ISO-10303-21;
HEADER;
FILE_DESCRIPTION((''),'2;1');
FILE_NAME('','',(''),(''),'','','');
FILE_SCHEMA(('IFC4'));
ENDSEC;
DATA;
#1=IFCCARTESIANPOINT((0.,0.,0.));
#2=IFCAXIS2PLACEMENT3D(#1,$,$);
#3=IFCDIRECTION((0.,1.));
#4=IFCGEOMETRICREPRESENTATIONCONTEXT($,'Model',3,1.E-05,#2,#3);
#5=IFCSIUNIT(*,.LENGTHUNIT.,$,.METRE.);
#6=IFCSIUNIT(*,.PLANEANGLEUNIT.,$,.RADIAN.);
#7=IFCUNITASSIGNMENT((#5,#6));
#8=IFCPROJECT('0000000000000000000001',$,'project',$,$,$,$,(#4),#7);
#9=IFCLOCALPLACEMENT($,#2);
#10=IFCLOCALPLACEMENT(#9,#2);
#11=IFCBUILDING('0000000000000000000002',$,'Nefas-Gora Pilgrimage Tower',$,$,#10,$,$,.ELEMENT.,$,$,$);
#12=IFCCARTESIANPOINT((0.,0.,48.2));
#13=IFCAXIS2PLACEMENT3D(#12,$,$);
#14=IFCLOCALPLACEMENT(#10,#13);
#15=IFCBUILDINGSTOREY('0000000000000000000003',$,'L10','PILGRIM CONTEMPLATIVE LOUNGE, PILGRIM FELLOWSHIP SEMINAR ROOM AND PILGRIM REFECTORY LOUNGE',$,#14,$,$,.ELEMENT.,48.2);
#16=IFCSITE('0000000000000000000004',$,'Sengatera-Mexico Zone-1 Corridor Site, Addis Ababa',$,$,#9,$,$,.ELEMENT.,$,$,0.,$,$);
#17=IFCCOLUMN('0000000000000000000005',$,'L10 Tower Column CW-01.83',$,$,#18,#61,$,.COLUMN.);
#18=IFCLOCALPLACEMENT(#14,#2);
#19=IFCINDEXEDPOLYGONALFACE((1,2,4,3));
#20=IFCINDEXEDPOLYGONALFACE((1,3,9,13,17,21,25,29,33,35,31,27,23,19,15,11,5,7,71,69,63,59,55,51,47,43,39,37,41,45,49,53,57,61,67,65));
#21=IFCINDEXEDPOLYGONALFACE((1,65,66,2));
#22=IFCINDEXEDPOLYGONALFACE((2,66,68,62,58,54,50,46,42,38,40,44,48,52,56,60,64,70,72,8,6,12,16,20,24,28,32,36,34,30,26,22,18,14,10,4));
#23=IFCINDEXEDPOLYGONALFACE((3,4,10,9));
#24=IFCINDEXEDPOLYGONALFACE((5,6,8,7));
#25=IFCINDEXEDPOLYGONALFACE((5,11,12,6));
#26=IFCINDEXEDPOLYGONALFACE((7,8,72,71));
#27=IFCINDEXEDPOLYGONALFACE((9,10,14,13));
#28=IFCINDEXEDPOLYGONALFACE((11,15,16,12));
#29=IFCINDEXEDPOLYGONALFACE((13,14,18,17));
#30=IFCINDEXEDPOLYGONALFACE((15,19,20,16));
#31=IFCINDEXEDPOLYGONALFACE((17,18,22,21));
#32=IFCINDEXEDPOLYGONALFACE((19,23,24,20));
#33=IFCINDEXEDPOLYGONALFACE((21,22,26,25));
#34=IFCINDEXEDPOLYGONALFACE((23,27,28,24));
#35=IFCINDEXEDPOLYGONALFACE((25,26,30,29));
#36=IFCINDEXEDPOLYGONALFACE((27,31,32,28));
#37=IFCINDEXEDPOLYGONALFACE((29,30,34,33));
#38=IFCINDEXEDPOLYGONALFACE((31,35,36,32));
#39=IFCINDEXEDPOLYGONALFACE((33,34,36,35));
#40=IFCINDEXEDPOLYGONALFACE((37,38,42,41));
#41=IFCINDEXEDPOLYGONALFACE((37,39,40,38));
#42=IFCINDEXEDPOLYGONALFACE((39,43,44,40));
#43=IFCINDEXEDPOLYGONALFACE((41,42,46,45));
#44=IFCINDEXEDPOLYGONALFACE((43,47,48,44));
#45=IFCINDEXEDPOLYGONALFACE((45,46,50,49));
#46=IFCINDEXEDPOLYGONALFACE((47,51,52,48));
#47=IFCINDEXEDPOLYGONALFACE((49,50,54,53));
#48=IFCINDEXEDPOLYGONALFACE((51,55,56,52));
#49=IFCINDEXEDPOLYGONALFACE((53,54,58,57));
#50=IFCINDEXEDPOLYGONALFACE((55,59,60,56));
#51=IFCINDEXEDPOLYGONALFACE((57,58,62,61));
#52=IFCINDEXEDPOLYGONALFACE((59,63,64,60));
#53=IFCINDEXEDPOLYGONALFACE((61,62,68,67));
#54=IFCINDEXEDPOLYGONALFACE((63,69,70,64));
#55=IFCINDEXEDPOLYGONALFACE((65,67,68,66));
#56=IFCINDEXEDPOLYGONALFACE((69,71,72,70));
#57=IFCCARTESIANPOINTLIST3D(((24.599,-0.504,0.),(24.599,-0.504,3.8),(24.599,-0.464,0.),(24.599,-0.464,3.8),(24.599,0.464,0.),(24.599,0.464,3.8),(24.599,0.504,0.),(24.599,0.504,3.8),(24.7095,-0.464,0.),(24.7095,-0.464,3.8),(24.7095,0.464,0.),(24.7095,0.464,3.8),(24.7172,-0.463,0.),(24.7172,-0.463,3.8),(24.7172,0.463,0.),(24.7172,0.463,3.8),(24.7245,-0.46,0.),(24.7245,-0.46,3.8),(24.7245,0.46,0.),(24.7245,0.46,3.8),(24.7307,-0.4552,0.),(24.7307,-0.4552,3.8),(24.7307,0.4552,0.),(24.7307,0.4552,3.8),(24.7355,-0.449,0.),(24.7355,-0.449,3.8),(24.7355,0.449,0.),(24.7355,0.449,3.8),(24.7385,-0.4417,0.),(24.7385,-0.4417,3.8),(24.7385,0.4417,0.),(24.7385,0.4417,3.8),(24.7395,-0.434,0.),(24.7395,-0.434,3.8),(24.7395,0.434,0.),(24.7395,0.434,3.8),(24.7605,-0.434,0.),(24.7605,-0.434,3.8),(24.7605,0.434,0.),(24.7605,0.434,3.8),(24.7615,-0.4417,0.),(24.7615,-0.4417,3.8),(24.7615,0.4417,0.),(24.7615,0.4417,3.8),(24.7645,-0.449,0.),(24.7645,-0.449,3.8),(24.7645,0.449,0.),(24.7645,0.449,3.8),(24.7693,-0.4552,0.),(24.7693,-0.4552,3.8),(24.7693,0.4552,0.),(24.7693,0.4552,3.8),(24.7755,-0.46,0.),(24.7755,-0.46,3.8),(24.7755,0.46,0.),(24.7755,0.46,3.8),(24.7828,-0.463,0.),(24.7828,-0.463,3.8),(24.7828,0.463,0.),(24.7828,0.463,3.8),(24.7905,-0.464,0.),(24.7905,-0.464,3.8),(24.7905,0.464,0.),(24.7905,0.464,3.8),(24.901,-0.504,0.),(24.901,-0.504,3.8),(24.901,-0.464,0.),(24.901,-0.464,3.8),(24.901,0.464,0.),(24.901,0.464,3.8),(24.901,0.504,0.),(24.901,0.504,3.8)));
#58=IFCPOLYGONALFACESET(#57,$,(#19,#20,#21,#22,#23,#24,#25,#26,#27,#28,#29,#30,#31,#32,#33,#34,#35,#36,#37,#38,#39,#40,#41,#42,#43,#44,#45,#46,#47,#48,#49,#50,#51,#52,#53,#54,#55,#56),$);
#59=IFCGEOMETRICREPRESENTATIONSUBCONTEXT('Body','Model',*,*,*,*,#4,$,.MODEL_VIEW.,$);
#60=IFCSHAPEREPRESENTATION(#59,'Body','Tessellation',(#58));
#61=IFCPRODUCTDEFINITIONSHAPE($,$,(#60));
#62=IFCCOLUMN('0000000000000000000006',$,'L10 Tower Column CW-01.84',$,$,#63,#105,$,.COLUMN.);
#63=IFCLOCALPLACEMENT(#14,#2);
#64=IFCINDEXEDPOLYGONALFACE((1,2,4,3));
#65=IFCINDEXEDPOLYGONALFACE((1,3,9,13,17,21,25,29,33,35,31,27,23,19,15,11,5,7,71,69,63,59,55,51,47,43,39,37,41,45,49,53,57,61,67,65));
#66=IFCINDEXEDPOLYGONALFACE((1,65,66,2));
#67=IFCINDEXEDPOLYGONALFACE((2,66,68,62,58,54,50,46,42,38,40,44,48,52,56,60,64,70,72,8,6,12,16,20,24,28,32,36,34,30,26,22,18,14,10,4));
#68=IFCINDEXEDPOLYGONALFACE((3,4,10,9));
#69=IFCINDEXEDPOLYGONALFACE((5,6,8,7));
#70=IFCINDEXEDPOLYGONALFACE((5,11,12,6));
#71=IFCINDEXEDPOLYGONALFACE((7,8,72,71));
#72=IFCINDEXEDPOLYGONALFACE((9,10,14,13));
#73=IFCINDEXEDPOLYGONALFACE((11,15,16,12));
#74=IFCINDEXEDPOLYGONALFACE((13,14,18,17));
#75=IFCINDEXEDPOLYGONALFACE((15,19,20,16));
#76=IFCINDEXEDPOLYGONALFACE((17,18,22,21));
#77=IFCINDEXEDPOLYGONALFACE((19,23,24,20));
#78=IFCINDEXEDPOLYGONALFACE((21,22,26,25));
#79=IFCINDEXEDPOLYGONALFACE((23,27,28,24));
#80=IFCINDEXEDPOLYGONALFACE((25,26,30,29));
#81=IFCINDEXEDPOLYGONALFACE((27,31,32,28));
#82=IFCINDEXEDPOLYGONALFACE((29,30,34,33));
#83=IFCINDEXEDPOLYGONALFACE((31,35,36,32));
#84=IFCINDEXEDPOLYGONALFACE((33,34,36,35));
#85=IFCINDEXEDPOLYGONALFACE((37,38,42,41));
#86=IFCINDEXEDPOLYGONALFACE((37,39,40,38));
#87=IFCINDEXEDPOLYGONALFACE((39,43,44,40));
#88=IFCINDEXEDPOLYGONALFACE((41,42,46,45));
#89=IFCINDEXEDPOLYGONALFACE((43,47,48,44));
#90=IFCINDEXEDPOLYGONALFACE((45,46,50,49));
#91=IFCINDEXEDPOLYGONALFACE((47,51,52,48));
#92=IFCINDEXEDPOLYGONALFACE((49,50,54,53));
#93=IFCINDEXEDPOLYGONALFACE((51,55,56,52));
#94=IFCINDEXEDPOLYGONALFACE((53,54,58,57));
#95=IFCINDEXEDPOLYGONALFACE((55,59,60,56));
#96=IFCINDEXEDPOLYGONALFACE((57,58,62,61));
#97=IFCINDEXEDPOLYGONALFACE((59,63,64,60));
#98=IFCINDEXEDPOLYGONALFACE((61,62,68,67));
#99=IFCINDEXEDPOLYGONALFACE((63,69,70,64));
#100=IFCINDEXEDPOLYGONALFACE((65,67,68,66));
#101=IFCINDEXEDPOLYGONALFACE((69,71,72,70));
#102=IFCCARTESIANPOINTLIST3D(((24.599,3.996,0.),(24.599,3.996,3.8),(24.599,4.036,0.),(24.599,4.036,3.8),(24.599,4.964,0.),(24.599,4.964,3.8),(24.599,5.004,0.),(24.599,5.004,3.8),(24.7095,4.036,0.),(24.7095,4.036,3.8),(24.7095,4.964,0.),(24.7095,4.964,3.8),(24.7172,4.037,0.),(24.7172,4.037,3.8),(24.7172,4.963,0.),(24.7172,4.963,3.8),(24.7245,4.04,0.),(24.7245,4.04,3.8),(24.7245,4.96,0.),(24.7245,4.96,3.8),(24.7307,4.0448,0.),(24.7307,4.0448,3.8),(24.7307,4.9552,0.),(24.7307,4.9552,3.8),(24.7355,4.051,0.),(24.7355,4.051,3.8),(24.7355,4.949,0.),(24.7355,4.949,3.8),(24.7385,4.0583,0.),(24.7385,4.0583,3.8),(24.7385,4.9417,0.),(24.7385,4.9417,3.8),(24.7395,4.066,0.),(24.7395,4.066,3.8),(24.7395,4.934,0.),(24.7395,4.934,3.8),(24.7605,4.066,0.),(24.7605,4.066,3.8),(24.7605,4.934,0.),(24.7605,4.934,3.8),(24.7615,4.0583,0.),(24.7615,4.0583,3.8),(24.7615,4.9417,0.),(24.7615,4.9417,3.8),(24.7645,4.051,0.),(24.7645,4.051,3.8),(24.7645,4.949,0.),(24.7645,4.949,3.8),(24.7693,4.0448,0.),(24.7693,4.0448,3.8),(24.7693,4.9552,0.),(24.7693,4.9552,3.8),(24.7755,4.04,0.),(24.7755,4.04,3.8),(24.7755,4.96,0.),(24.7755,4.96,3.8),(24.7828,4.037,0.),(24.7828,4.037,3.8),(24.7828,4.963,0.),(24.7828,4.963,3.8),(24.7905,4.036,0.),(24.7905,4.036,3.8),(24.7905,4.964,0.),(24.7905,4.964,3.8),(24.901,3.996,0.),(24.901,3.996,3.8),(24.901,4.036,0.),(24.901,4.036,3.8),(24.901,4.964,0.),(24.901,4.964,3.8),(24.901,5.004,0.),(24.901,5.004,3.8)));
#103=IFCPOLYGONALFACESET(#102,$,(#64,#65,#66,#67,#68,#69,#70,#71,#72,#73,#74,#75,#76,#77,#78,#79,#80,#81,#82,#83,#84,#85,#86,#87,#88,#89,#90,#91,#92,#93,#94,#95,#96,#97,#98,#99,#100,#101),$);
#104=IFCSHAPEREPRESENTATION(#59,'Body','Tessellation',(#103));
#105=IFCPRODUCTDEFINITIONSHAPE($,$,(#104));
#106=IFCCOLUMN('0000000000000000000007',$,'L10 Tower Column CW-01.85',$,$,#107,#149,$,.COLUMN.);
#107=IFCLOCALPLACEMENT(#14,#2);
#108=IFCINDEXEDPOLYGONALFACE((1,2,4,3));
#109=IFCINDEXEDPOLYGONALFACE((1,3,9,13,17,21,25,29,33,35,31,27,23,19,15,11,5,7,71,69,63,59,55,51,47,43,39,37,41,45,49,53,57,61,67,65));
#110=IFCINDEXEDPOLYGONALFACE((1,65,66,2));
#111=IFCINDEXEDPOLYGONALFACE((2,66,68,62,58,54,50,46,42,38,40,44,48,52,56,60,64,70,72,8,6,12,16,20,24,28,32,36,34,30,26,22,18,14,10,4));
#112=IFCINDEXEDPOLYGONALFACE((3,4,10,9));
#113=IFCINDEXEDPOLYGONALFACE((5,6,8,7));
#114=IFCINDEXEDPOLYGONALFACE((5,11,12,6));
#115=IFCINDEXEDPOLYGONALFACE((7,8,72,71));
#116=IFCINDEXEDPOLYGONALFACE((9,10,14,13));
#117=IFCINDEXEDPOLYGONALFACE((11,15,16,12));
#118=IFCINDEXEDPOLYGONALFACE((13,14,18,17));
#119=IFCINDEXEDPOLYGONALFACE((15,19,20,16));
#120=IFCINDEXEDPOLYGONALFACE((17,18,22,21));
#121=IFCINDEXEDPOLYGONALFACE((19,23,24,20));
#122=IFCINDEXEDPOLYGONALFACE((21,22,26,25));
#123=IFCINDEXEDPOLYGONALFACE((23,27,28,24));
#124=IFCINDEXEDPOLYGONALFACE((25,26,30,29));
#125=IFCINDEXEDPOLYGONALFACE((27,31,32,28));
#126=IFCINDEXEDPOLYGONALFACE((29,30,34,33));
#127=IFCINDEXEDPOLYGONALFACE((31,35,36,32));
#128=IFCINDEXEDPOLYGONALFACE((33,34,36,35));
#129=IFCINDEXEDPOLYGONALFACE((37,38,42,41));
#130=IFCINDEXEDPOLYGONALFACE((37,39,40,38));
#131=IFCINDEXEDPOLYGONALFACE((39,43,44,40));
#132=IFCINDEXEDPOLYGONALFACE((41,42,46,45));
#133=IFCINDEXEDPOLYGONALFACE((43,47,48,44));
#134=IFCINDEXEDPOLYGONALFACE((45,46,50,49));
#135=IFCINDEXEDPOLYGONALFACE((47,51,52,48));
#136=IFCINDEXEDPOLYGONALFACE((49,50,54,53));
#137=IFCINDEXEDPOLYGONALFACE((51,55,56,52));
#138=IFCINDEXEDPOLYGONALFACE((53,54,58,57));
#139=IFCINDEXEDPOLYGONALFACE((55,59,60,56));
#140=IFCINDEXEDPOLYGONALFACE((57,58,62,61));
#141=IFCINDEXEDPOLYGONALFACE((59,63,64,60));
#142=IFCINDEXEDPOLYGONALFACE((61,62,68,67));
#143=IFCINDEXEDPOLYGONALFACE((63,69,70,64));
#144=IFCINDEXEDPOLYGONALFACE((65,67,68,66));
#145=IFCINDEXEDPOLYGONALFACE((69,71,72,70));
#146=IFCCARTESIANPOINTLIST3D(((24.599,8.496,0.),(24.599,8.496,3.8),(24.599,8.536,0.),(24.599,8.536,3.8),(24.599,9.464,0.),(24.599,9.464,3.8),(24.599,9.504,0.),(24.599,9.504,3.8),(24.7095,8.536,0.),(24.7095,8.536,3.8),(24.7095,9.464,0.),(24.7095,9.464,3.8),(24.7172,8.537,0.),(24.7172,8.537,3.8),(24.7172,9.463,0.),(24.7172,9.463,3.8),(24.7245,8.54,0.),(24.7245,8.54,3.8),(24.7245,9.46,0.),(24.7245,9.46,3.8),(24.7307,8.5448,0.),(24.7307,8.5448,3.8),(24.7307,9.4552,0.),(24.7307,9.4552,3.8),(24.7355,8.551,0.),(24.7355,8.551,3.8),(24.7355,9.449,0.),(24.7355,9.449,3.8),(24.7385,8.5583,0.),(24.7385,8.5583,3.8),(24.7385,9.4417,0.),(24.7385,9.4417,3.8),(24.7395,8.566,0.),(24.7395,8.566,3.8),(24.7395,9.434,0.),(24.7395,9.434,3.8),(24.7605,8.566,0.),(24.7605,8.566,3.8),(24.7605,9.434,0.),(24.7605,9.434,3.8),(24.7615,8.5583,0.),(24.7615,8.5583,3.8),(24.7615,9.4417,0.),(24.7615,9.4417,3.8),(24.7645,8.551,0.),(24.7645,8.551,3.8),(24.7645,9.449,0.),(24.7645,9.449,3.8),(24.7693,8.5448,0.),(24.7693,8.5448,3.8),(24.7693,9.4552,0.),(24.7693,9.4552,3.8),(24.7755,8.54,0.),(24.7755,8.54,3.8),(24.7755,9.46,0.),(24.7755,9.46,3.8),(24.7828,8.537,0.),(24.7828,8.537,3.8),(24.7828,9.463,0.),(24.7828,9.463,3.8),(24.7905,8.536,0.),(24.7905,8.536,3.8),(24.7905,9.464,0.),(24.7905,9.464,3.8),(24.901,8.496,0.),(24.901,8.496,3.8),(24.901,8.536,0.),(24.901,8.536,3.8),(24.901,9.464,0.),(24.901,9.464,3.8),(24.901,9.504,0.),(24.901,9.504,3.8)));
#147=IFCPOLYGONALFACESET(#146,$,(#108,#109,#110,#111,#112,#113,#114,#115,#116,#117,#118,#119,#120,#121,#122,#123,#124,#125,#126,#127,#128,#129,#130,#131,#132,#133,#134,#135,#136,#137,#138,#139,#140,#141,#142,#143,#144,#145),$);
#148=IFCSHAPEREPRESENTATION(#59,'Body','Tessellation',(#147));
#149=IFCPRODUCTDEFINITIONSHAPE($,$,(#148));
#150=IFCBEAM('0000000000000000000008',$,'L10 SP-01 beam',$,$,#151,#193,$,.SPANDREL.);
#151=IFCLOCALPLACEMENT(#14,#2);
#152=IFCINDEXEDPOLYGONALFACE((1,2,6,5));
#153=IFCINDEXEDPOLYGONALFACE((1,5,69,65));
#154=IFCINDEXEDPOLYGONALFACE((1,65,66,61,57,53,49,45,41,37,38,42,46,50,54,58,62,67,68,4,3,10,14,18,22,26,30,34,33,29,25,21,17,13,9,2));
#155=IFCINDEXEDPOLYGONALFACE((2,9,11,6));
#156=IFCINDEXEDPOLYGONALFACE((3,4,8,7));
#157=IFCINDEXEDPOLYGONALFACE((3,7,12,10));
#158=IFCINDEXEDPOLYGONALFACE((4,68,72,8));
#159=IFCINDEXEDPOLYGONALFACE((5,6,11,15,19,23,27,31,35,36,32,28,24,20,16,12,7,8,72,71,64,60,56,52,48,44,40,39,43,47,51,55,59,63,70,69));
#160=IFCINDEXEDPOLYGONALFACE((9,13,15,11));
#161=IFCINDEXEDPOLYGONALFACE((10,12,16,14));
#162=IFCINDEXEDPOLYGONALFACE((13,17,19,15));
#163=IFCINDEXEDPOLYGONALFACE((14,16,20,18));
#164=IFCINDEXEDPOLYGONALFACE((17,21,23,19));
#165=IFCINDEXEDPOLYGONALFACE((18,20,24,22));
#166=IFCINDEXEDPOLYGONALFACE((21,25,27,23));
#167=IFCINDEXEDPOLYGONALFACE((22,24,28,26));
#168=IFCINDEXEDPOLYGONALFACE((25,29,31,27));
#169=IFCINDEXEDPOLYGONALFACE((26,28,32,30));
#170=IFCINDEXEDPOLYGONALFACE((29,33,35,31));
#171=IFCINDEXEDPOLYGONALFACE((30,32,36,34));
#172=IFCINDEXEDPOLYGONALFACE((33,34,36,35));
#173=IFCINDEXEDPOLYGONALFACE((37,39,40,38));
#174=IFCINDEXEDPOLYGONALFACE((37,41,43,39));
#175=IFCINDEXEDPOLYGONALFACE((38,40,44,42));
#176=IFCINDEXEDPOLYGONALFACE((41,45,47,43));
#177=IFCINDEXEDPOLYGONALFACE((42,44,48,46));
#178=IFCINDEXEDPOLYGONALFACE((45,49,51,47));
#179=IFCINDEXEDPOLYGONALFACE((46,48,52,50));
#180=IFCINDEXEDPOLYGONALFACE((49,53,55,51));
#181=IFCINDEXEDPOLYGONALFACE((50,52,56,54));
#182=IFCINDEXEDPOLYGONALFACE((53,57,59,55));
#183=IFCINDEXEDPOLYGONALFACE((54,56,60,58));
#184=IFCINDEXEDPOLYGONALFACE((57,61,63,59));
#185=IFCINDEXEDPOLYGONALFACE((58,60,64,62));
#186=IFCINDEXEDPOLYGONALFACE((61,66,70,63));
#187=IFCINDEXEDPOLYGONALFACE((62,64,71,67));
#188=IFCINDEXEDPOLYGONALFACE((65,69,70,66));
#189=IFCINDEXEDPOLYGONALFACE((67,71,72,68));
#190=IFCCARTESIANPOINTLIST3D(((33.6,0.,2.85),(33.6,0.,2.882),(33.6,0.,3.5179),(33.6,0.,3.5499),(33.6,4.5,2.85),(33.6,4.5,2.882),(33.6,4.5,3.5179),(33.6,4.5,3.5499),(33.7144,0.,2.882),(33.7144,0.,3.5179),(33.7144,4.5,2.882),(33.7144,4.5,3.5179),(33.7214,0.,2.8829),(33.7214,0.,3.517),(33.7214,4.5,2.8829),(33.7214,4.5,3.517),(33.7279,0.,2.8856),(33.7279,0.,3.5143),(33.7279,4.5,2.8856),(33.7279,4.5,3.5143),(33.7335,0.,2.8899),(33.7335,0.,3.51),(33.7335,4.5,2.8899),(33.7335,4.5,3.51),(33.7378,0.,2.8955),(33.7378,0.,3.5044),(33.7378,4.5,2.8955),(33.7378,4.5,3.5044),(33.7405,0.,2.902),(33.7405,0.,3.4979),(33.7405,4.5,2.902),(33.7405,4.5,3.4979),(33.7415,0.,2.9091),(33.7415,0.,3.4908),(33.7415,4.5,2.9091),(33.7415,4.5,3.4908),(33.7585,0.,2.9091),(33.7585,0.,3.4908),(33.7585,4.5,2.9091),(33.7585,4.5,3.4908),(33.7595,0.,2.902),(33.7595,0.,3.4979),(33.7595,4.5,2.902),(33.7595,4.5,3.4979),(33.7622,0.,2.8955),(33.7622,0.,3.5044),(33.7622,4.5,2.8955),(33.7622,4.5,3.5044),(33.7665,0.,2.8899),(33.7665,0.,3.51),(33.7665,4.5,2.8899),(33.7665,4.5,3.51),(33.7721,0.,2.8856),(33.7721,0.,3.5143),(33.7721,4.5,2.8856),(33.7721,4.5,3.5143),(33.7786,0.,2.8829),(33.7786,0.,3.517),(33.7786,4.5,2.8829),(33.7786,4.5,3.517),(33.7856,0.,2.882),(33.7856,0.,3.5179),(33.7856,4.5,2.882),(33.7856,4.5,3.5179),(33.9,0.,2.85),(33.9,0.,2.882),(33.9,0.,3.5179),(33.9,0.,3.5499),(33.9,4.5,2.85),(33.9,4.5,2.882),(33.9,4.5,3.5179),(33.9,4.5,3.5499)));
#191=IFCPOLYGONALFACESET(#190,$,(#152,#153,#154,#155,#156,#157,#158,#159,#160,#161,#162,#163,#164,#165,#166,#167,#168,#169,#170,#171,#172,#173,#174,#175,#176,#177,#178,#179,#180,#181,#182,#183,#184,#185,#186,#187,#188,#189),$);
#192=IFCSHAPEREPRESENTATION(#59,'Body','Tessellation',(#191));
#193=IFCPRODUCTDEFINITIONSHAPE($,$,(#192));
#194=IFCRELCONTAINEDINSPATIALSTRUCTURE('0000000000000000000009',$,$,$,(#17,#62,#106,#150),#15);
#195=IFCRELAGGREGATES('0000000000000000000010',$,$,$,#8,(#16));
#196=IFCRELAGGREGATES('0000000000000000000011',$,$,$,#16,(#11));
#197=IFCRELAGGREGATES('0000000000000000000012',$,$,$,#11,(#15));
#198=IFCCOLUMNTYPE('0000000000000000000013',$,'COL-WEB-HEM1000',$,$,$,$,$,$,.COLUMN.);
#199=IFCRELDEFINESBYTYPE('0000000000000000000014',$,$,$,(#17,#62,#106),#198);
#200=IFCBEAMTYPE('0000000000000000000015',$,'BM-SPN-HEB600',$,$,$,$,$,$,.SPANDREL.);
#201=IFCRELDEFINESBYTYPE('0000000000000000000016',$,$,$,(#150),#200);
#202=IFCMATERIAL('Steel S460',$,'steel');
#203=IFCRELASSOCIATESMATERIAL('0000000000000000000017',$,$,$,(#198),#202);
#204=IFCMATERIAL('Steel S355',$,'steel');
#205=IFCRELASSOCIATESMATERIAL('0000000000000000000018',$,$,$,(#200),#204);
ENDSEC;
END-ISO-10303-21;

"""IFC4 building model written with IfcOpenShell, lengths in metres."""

from ifc_helpers import new_model, si_unit, direction, frame, origin, origin_2d, place, context, subcontext, project, spatial, i_section, extrude, source, transform, mapped, material, material_profile, profile_set, type_object, element, save


model = new_model("IFC4")

# Units and contexts
model_context = context("Model", 3, precision=1e-05, world=origin(), true_north=direction((0.0, 1.0)))
body_context = subcontext(model_context, "Body", "Model", "MODEL_VIEW")
ifc_project = project(units=[si_unit("LENGTHUNIT", "METRE"), si_unit("PLANEANGLEUNIT", "RADIAN")], contexts=[model_context])

# Site, building, storey
site_placement = place(None, origin())
site = spatial("IfcSite", under=ifc_project, at=site_placement, Name="Sengatera-Mexico Zone-1 Corridor Site, Addis Ababa", CompositionType="ELEMENT", RefElevation=0.0)
building_placement = place(site_placement, origin())
building = spatial("IfcBuilding", under=site, at=building_placement, Name="Nefas-Gora Pilgrimage Tower", CompositionType="ELEMENT")
storey_placement = place(building_placement, frame((0.0, 0.0, 48.2)))
storey = spatial("IfcBuildingStorey", under=building, at=storey_placement, Name="L10", Description="PILGRIM CONTEMPLATIVE LOUNGE, PILGRIM FELLOWSHIP SEMINAR ROOM AND PILGRIM REFECTORY LOUNGE", CompositionType="ELEMENT", Elevation=48.2)

# Columns
ifc_material_1 = material(Name="Steel S460", Category="steel")
ifc_material_profile_1 = material_profile(ifc_material_1, i_section(OverallWidth=0.302, OverallDepth=1.0081, WebThickness=0.021, FlangeThickness=0.04, FilletRadius=0.03, at=origin_2d()), Name="HEM 1000")
ifc_profile_set_1 = profile_set([ifc_material_profile_1], Name="Steel S460")
column_type_1 = type_object("IfcColumnType", Name="COL-WEB-HEM1000", PredefinedType="COLUMN", material=ifc_profile_set_1)
shared_shape_1 = source(origin(), body_context, "Body", "SweptSolid", [
    extrude(i_section(OverallWidth=0.302, OverallDepth=1.0081, WebThickness=0.021, FlangeThickness=0.04, FilletRadius=0.03, at=origin_2d()), origin(), (0.0, 0.0, 1.0), 3.8),
])
for number, where, z_axis, x_axis, name in (
    (1, (24.75, 0.0, 0.0), (0.0, 0.0, 1.0), (1.0, 0.0, 0.0), "L10 Tower Column CW-01.83"),
    (2, (24.75, 4.5, 0.0), (0.0, 0.0, 1.0), (1.0, 0.0, 0.0), "L10 Tower Column CW-01.84"),
    (3, (24.75, 9.0, 0.0), (0.0, 0.0, 1.0), (1.0, 0.0, 0.0), "L10 Tower Column CW-01.85"),
):
    element("IfcColumn", number, at=place(storey_placement, frame(where, z_axis=z_axis, x_axis=x_axis)), inside=storey, type_object=column_type_1, Name=name, PredefinedType="COLUMN", context=body_context, shape_type="MappedRepresentation", body=[
        mapped(shared_shape_1, transform((0.0, 0.0, 0.0), x_axis=(1.0, 0.0, 0.0), y_axis=(0.0, 1.0, 0.0), z_axis=(0.0, 0.0, 1.0), scale=1.0)),
    ])

# Beam
ifc_material_2 = material(Name="Steel S355", Category="steel")
ifc_material_profile_2 = material_profile(ifc_material_2, i_section(OverallWidth=0.3, OverallDepth=0.7, WebThickness=0.0171, FlangeThickness=0.032, FilletRadius=0.0271, at=origin_2d()), Name="HEB 700")
ifc_profile_set_2 = profile_set([ifc_material_profile_2], Name="Steel S355")
beam_type_1 = type_object("IfcBeamType", Name="BM-SPN-HEB600", PredefinedType="SPANDREL", material=ifc_profile_set_2)
shared_shape_2 = source(origin(), body_context, "Body", "SweptSolid", [
    extrude(i_section(OverallWidth=0.3, OverallDepth=0.7, WebThickness=0.0171, FlangeThickness=0.032, FilletRadius=0.0271, at=origin_2d()), origin(), (0.0, 0.0, 1.0), 4.5),
])
for number, where, z_axis, x_axis, name in (
    (4, (33.75, 0.0, 3.2), (0.0, 1.0, 0.0), (-1.0, 0.0, 0.0), "L10 SP-01 beam"),
):
    element("IfcBeam", number, at=place(storey_placement, frame(where, z_axis=z_axis, x_axis=x_axis)), inside=storey, type_object=beam_type_1, Name=name, PredefinedType="SPANDREL", context=body_context, shape_type="MappedRepresentation", body=[
        mapped(shared_shape_2, transform((0.0, 0.0, 0.0), x_axis=(1.0, 0.0, 0.0), y_axis=(0.0, 1.0, 0.0), z_axis=(0.0, 0.0, 1.0), scale=1.0)),
    ])

save(model, "model.ifc")
